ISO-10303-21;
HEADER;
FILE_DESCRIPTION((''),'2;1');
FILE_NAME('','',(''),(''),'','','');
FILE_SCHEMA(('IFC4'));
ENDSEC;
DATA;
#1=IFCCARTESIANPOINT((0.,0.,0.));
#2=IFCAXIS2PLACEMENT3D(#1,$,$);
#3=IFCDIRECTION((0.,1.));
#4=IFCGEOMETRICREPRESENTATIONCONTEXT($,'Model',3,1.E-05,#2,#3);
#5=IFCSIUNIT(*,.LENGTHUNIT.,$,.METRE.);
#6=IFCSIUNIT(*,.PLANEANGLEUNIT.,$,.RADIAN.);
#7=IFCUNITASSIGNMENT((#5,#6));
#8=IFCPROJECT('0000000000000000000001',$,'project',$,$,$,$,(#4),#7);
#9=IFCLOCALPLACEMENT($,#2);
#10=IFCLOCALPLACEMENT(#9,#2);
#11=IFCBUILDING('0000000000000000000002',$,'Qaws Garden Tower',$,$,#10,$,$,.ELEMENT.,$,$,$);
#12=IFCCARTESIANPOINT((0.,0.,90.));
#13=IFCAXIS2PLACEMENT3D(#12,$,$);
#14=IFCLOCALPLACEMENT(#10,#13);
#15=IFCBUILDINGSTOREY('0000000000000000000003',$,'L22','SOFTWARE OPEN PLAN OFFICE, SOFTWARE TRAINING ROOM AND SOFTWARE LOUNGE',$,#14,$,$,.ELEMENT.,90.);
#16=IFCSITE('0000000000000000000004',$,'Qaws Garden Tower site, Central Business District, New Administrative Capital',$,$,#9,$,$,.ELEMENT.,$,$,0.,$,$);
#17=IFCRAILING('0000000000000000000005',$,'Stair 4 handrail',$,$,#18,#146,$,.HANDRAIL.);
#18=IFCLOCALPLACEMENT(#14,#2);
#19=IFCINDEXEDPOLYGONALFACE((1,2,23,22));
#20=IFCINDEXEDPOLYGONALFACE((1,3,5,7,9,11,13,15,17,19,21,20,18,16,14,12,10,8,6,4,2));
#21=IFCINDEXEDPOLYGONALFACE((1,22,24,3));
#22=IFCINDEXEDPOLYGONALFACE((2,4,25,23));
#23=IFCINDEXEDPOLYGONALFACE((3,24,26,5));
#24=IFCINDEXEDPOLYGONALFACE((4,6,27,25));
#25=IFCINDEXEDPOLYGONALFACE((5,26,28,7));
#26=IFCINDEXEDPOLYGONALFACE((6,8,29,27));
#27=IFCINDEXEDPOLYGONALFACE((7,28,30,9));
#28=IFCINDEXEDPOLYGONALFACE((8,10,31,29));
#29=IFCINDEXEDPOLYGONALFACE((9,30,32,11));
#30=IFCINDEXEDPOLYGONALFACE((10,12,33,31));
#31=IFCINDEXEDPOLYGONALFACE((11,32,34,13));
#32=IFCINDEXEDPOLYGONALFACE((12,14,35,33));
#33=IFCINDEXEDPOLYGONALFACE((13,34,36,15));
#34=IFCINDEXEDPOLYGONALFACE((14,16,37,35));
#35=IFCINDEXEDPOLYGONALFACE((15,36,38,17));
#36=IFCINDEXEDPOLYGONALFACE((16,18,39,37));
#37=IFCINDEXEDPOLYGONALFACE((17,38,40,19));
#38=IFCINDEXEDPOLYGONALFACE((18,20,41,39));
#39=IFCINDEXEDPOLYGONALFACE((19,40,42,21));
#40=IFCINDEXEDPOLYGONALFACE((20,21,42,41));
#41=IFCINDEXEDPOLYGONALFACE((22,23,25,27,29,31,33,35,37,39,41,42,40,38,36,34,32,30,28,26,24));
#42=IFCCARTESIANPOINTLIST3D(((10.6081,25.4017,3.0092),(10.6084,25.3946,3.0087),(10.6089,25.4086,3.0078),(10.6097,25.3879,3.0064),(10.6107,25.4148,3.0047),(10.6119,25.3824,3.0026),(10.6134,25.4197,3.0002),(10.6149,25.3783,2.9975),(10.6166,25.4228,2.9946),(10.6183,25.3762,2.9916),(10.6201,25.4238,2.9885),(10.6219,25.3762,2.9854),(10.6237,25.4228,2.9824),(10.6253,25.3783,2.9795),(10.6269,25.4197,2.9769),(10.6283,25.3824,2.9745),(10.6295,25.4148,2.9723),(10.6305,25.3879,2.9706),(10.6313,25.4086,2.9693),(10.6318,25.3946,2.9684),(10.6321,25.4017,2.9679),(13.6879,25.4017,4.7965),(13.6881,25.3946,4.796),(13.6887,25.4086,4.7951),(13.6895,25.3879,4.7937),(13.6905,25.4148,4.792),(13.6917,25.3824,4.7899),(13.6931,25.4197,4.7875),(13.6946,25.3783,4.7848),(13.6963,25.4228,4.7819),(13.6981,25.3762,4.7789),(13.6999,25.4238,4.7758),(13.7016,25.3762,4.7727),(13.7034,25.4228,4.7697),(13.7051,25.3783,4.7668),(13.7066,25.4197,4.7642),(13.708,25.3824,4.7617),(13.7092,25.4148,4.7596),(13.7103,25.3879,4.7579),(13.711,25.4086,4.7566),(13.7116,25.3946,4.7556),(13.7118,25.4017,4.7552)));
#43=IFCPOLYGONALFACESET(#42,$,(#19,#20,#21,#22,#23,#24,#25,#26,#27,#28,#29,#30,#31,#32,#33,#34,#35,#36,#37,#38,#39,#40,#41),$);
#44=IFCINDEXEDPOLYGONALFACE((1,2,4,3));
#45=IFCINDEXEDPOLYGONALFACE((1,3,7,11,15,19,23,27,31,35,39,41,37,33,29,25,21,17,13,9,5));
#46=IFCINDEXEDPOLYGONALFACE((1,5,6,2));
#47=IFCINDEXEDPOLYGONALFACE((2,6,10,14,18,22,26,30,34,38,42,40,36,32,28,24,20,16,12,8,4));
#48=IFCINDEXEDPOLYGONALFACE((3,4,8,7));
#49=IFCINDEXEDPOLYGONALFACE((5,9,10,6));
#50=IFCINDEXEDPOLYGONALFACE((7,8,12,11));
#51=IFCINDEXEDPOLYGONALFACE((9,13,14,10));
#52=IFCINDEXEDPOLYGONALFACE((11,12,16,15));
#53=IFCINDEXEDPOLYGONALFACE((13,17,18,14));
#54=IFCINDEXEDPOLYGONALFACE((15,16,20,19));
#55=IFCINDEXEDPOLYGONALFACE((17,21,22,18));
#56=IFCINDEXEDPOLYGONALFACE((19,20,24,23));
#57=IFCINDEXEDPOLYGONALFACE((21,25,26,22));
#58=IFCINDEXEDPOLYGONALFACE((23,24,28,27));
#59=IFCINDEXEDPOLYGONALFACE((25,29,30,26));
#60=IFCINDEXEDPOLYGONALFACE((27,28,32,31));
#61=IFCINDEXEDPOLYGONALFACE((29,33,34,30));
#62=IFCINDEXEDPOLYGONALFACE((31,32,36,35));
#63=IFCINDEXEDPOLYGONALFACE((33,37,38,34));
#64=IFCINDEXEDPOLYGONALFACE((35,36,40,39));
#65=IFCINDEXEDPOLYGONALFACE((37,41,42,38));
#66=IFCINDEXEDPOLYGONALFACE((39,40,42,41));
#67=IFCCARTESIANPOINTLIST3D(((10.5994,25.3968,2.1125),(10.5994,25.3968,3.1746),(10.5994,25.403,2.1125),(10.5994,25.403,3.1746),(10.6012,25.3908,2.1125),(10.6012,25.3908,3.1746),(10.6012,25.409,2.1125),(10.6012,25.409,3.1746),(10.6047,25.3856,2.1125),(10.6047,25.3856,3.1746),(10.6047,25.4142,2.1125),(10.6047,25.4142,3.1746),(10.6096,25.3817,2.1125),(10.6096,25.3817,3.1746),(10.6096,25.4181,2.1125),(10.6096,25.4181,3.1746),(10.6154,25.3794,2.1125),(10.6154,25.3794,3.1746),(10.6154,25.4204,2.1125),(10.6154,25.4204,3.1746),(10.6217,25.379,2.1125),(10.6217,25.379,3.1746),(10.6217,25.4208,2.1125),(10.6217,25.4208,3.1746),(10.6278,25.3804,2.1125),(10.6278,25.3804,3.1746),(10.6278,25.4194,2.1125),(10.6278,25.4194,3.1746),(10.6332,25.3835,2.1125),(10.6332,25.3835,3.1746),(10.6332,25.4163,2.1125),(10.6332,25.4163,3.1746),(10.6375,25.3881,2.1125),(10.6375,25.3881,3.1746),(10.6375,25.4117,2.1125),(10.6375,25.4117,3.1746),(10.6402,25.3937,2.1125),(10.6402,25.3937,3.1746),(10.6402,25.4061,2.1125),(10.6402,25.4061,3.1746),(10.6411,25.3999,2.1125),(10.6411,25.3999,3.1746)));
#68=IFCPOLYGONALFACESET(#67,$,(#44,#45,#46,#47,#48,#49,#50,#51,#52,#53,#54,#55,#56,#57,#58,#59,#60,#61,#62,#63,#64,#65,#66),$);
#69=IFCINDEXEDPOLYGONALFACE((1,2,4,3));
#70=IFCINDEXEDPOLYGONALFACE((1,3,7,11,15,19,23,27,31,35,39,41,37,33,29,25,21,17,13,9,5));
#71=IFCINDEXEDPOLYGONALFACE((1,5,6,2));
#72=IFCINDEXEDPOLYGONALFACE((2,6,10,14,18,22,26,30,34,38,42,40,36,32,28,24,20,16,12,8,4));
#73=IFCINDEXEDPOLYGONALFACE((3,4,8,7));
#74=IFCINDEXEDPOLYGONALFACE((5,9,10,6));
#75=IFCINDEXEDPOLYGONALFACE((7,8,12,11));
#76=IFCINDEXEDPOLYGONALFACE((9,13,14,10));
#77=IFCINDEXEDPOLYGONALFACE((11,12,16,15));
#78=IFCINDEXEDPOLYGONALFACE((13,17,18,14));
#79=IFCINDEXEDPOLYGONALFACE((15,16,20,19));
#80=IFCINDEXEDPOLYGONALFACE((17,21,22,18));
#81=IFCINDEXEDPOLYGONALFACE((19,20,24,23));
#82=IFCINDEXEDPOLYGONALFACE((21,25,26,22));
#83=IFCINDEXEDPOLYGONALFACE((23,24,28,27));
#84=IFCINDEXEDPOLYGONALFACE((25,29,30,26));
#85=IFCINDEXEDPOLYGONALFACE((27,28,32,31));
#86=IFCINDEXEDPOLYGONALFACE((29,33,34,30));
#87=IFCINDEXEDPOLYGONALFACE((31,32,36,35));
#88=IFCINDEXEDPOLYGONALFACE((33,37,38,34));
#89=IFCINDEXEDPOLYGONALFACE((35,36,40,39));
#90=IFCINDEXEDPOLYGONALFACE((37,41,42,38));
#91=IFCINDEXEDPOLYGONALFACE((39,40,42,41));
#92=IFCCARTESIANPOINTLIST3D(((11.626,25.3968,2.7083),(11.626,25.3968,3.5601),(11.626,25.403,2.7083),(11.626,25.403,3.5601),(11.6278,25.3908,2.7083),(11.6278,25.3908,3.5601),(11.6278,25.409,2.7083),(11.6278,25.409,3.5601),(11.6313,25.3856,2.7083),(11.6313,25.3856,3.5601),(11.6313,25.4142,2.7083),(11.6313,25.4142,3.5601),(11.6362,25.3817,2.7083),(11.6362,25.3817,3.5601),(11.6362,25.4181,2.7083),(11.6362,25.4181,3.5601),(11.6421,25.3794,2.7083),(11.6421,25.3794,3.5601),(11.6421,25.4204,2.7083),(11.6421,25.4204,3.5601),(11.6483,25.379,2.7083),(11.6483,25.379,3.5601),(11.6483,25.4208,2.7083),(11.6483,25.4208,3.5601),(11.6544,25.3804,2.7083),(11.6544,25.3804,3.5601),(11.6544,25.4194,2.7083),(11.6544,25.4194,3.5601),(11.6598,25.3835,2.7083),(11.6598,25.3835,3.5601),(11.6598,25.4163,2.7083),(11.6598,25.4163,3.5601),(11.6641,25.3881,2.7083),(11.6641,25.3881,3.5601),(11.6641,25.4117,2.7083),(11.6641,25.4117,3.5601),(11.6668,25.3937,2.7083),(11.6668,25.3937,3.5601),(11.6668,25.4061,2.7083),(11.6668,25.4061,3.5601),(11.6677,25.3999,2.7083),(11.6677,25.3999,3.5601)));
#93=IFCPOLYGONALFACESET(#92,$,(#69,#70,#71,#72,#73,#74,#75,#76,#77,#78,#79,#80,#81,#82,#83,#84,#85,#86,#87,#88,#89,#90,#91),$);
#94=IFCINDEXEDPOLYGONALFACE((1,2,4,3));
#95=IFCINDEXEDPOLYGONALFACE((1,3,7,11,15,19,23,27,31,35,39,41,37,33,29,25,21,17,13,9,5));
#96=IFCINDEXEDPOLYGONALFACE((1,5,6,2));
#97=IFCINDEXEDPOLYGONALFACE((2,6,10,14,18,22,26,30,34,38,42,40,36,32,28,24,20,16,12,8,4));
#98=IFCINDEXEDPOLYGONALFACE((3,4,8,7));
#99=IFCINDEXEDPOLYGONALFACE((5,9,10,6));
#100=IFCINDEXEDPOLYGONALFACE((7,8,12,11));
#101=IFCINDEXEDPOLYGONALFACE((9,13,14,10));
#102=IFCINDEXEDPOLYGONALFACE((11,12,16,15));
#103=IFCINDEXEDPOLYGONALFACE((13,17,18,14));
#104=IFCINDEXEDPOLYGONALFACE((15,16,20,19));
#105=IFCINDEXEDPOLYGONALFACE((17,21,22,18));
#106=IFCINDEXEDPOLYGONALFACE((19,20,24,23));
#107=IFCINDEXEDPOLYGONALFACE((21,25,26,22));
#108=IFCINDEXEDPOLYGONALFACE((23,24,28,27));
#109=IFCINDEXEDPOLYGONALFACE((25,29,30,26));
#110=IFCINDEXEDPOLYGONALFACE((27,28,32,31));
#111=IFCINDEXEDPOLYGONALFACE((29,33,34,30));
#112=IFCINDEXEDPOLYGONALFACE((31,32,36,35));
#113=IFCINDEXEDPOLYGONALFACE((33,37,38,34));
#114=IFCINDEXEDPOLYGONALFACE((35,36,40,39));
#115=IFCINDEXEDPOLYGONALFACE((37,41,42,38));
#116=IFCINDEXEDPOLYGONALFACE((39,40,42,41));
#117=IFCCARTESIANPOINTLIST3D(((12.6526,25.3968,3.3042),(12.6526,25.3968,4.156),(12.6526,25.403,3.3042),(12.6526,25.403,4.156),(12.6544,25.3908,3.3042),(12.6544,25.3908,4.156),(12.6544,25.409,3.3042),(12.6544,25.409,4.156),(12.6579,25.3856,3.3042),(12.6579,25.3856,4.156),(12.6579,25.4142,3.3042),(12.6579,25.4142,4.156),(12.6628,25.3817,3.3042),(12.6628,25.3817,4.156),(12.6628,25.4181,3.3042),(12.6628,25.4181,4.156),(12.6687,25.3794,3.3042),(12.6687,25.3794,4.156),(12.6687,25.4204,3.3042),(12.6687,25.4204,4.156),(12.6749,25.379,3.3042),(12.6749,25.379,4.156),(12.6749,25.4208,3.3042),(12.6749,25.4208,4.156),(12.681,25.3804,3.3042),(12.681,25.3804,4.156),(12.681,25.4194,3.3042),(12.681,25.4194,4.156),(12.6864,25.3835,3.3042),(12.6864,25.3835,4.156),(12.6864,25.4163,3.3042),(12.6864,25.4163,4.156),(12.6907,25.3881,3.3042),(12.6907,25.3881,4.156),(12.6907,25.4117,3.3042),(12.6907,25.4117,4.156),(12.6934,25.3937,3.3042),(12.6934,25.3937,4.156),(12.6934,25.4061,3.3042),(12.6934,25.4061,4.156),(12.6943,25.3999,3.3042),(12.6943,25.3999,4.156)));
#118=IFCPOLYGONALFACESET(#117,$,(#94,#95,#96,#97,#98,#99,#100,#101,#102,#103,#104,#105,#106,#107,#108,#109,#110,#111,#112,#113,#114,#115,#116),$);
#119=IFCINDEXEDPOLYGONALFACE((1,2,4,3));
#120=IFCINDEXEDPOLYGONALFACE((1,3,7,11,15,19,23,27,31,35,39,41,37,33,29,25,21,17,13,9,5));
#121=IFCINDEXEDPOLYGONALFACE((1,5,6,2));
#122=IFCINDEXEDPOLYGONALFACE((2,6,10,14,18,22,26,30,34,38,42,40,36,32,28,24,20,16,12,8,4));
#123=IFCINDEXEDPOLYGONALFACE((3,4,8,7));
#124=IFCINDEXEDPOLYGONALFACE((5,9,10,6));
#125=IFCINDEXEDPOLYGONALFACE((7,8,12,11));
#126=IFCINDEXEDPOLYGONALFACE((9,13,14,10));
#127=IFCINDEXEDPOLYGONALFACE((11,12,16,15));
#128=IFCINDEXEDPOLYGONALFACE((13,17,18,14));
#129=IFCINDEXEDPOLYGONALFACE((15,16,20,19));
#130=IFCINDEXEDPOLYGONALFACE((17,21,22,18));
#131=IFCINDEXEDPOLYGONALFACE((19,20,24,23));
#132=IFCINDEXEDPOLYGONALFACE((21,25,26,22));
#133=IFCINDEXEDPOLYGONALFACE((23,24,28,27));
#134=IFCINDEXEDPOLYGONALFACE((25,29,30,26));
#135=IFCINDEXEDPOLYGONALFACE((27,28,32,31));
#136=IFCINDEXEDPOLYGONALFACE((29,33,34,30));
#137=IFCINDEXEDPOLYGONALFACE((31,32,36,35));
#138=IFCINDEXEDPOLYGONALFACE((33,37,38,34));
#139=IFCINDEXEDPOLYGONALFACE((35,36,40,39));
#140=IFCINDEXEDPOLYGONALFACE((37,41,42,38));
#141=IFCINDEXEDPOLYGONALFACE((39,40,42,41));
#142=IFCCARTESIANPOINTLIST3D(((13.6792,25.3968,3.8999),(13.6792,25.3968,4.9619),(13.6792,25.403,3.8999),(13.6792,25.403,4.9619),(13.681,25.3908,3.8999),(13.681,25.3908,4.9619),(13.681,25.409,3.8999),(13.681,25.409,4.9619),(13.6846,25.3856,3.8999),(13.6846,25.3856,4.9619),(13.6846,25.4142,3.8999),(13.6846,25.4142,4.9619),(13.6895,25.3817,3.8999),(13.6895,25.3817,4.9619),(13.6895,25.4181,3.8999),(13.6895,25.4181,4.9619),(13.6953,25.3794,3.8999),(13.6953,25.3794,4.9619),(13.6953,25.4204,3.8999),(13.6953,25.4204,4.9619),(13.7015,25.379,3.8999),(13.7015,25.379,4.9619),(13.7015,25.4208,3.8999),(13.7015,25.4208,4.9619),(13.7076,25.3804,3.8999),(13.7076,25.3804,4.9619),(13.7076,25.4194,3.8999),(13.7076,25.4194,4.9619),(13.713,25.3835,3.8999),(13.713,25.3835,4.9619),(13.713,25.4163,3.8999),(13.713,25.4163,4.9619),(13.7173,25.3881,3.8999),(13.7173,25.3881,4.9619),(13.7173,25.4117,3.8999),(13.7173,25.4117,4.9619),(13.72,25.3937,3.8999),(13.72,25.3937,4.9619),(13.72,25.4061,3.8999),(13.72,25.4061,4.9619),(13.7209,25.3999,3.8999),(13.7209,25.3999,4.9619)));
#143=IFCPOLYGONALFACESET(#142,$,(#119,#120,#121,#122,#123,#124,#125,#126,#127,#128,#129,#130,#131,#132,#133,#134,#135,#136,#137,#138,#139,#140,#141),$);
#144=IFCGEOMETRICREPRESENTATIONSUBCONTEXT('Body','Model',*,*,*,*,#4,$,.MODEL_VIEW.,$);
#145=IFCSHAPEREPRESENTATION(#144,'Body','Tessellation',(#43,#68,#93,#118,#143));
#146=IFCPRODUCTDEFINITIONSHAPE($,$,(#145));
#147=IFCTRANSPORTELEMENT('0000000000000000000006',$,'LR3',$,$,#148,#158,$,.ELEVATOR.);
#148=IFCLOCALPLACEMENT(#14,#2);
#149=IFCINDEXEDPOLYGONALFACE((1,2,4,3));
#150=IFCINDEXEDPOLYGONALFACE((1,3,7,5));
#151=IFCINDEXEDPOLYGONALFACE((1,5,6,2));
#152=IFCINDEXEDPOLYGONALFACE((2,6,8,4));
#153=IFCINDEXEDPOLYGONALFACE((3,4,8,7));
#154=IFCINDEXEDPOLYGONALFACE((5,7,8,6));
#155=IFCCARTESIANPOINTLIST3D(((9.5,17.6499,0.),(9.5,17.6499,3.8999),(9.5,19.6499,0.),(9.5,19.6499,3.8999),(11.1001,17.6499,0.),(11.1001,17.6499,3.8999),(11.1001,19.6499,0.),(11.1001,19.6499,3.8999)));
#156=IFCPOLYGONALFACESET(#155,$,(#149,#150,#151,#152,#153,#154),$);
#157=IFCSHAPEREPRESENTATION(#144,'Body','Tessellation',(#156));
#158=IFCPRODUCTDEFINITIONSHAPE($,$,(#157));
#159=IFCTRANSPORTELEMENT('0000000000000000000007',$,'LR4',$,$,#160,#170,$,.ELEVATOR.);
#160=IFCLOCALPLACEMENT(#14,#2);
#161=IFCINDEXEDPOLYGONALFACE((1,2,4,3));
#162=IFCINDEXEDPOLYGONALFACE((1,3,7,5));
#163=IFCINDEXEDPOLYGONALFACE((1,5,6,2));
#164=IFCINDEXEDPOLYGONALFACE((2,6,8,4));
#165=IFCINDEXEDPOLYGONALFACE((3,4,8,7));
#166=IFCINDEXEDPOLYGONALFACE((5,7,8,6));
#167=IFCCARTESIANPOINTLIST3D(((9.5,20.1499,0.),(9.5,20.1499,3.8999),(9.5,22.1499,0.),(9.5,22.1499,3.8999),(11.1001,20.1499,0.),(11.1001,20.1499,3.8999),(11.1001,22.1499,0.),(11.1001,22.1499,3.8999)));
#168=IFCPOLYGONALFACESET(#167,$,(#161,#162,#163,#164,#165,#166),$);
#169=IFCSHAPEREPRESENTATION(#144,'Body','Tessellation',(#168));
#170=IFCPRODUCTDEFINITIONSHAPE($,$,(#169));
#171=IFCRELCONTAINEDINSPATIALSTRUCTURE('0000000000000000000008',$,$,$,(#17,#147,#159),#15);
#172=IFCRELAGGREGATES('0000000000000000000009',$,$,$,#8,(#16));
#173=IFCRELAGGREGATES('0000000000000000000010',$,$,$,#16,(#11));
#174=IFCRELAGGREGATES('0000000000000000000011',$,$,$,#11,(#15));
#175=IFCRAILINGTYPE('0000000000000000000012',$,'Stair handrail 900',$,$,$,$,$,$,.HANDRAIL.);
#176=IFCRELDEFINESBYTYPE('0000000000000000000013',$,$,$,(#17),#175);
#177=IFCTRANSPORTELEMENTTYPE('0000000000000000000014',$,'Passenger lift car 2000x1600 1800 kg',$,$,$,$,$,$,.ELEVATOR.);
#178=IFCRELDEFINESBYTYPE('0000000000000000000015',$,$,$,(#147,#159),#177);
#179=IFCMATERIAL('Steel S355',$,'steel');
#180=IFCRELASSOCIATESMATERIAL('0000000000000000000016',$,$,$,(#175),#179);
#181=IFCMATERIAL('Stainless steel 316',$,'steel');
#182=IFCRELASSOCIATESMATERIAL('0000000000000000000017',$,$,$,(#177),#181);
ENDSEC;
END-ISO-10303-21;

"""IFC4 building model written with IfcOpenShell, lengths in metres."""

from ifc_helpers import new_model, si_unit, direction, frame, origin, origin_2d, place, context, subcontext, project, spatial, rectangle, circle, extrude, material, type_object, element, save


model = new_model("IFC4")

# Units and contexts
model_context = context("Model", 3, precision=1e-05, world=origin(), true_north=direction((0.0, 1.0)))
body_context = subcontext(model_context, "Body", "Model", "MODEL_VIEW")
ifc_project = project(units=[si_unit("LENGTHUNIT", "METRE"), si_unit("PLANEANGLEUNIT", "RADIAN")], contexts=[model_context])

# Site, building, storey
site_placement = place(None, origin())
site = spatial("IfcSite", under=ifc_project, at=site_placement, Name="Qaws Garden Tower site, Central Business District, New Administrative Capital", CompositionType="ELEMENT", RefElevation=0.0)
building_placement = place(site_placement, origin())
building = spatial("IfcBuilding", under=site, at=building_placement, Name="Qaws Garden Tower", CompositionType="ELEMENT")
storey_placement = place(building_placement, frame((0.0, 0.0, 90.0)))
storey = spatial("IfcBuildingStorey", under=building, at=storey_placement, Name="L22", Description="SOFTWARE OPEN PLAN OFFICE, SOFTWARE TRAINING ROOM AND SOFTWARE LOUNGE", CompositionType="ELEMENT", Elevation=90.0)

# Railing
ifc_material_1 = material(Name="Steel S355", Category="steel")
railing_type = type_object("IfcRailingType", Name="Stair handrail 900", PredefinedType="HANDRAIL", material=ifc_material_1)
railing_1_placement = place(storey_placement, frame((10.6201, 25.3999, 2.1125)))
element("IfcRailing", 1, at=railing_1_placement, inside=storey, type_object=railing_type, Name="Stair 4 handrail", PredefinedType="HANDRAIL", context=body_context, shape_type="SweptSolid", body=[
    extrude(circle(Radius=0.0239, at=origin_2d()), frame((0.0, 0.0, 0.876), z_axis=(0.864903, 0.0, 0.501939), x_axis=(0.0, 1.0, 0.0)), (0.0, 0.0, 1.0), 3.5608),
    extrude(circle(Radius=0.021, at=origin_2d()), origin(), (0.0, 0.0, 1.0), 1.062),
    extrude(circle(Radius=0.021, at=origin_2d()), frame((1.0266, 0.0, 0.5957)), (0.0, 0.0, 1.0), 0.8518),
    extrude(circle(Radius=0.021, at=origin_2d()), frame((2.0532, 0.0, 1.1917)), (0.0, 0.0, 1.0), 0.8518),
    extrude(circle(Radius=0.021, at=origin_2d()), frame((3.0798, 0.0, 1.7874)), (0.0, 0.0, 1.0), 1.062),
])

# Transport elements
ifc_material_2 = material(Name="Stainless steel 316", Category="steel")
transport_element_type = type_object("IfcTransportElementType", Name="Passenger lift car 2000x1600 1800 kg", PredefinedType="ELEVATOR", material=ifc_material_2)
for number, where, z_axis, x_axis, name in (
    (2, (10.3, 18.6499, 0.0), (0.0, 0.0, 1.0), (1.0, 0.0, 0.0), "LR3"),
    (3, (10.3, 21.1499, 0.0), (0.0, 0.0, 1.0), (1.0, 0.0, 0.0), "LR4"),
):
    element("IfcTransportElement", number, at=place(storey_placement, frame(where, z_axis=z_axis, x_axis=x_axis)), inside=storey, type_object=transport_element_type, Name=name, PredefinedType="ELEVATOR", context=body_context, shape_type="SweptSolid", body=[
        extrude(rectangle(XDim=1.6001, YDim=2.0, at=origin_2d()), origin(), (0.0, 0.0, 1.0), 3.8999),
    ])

save(model, "model.ifc")
